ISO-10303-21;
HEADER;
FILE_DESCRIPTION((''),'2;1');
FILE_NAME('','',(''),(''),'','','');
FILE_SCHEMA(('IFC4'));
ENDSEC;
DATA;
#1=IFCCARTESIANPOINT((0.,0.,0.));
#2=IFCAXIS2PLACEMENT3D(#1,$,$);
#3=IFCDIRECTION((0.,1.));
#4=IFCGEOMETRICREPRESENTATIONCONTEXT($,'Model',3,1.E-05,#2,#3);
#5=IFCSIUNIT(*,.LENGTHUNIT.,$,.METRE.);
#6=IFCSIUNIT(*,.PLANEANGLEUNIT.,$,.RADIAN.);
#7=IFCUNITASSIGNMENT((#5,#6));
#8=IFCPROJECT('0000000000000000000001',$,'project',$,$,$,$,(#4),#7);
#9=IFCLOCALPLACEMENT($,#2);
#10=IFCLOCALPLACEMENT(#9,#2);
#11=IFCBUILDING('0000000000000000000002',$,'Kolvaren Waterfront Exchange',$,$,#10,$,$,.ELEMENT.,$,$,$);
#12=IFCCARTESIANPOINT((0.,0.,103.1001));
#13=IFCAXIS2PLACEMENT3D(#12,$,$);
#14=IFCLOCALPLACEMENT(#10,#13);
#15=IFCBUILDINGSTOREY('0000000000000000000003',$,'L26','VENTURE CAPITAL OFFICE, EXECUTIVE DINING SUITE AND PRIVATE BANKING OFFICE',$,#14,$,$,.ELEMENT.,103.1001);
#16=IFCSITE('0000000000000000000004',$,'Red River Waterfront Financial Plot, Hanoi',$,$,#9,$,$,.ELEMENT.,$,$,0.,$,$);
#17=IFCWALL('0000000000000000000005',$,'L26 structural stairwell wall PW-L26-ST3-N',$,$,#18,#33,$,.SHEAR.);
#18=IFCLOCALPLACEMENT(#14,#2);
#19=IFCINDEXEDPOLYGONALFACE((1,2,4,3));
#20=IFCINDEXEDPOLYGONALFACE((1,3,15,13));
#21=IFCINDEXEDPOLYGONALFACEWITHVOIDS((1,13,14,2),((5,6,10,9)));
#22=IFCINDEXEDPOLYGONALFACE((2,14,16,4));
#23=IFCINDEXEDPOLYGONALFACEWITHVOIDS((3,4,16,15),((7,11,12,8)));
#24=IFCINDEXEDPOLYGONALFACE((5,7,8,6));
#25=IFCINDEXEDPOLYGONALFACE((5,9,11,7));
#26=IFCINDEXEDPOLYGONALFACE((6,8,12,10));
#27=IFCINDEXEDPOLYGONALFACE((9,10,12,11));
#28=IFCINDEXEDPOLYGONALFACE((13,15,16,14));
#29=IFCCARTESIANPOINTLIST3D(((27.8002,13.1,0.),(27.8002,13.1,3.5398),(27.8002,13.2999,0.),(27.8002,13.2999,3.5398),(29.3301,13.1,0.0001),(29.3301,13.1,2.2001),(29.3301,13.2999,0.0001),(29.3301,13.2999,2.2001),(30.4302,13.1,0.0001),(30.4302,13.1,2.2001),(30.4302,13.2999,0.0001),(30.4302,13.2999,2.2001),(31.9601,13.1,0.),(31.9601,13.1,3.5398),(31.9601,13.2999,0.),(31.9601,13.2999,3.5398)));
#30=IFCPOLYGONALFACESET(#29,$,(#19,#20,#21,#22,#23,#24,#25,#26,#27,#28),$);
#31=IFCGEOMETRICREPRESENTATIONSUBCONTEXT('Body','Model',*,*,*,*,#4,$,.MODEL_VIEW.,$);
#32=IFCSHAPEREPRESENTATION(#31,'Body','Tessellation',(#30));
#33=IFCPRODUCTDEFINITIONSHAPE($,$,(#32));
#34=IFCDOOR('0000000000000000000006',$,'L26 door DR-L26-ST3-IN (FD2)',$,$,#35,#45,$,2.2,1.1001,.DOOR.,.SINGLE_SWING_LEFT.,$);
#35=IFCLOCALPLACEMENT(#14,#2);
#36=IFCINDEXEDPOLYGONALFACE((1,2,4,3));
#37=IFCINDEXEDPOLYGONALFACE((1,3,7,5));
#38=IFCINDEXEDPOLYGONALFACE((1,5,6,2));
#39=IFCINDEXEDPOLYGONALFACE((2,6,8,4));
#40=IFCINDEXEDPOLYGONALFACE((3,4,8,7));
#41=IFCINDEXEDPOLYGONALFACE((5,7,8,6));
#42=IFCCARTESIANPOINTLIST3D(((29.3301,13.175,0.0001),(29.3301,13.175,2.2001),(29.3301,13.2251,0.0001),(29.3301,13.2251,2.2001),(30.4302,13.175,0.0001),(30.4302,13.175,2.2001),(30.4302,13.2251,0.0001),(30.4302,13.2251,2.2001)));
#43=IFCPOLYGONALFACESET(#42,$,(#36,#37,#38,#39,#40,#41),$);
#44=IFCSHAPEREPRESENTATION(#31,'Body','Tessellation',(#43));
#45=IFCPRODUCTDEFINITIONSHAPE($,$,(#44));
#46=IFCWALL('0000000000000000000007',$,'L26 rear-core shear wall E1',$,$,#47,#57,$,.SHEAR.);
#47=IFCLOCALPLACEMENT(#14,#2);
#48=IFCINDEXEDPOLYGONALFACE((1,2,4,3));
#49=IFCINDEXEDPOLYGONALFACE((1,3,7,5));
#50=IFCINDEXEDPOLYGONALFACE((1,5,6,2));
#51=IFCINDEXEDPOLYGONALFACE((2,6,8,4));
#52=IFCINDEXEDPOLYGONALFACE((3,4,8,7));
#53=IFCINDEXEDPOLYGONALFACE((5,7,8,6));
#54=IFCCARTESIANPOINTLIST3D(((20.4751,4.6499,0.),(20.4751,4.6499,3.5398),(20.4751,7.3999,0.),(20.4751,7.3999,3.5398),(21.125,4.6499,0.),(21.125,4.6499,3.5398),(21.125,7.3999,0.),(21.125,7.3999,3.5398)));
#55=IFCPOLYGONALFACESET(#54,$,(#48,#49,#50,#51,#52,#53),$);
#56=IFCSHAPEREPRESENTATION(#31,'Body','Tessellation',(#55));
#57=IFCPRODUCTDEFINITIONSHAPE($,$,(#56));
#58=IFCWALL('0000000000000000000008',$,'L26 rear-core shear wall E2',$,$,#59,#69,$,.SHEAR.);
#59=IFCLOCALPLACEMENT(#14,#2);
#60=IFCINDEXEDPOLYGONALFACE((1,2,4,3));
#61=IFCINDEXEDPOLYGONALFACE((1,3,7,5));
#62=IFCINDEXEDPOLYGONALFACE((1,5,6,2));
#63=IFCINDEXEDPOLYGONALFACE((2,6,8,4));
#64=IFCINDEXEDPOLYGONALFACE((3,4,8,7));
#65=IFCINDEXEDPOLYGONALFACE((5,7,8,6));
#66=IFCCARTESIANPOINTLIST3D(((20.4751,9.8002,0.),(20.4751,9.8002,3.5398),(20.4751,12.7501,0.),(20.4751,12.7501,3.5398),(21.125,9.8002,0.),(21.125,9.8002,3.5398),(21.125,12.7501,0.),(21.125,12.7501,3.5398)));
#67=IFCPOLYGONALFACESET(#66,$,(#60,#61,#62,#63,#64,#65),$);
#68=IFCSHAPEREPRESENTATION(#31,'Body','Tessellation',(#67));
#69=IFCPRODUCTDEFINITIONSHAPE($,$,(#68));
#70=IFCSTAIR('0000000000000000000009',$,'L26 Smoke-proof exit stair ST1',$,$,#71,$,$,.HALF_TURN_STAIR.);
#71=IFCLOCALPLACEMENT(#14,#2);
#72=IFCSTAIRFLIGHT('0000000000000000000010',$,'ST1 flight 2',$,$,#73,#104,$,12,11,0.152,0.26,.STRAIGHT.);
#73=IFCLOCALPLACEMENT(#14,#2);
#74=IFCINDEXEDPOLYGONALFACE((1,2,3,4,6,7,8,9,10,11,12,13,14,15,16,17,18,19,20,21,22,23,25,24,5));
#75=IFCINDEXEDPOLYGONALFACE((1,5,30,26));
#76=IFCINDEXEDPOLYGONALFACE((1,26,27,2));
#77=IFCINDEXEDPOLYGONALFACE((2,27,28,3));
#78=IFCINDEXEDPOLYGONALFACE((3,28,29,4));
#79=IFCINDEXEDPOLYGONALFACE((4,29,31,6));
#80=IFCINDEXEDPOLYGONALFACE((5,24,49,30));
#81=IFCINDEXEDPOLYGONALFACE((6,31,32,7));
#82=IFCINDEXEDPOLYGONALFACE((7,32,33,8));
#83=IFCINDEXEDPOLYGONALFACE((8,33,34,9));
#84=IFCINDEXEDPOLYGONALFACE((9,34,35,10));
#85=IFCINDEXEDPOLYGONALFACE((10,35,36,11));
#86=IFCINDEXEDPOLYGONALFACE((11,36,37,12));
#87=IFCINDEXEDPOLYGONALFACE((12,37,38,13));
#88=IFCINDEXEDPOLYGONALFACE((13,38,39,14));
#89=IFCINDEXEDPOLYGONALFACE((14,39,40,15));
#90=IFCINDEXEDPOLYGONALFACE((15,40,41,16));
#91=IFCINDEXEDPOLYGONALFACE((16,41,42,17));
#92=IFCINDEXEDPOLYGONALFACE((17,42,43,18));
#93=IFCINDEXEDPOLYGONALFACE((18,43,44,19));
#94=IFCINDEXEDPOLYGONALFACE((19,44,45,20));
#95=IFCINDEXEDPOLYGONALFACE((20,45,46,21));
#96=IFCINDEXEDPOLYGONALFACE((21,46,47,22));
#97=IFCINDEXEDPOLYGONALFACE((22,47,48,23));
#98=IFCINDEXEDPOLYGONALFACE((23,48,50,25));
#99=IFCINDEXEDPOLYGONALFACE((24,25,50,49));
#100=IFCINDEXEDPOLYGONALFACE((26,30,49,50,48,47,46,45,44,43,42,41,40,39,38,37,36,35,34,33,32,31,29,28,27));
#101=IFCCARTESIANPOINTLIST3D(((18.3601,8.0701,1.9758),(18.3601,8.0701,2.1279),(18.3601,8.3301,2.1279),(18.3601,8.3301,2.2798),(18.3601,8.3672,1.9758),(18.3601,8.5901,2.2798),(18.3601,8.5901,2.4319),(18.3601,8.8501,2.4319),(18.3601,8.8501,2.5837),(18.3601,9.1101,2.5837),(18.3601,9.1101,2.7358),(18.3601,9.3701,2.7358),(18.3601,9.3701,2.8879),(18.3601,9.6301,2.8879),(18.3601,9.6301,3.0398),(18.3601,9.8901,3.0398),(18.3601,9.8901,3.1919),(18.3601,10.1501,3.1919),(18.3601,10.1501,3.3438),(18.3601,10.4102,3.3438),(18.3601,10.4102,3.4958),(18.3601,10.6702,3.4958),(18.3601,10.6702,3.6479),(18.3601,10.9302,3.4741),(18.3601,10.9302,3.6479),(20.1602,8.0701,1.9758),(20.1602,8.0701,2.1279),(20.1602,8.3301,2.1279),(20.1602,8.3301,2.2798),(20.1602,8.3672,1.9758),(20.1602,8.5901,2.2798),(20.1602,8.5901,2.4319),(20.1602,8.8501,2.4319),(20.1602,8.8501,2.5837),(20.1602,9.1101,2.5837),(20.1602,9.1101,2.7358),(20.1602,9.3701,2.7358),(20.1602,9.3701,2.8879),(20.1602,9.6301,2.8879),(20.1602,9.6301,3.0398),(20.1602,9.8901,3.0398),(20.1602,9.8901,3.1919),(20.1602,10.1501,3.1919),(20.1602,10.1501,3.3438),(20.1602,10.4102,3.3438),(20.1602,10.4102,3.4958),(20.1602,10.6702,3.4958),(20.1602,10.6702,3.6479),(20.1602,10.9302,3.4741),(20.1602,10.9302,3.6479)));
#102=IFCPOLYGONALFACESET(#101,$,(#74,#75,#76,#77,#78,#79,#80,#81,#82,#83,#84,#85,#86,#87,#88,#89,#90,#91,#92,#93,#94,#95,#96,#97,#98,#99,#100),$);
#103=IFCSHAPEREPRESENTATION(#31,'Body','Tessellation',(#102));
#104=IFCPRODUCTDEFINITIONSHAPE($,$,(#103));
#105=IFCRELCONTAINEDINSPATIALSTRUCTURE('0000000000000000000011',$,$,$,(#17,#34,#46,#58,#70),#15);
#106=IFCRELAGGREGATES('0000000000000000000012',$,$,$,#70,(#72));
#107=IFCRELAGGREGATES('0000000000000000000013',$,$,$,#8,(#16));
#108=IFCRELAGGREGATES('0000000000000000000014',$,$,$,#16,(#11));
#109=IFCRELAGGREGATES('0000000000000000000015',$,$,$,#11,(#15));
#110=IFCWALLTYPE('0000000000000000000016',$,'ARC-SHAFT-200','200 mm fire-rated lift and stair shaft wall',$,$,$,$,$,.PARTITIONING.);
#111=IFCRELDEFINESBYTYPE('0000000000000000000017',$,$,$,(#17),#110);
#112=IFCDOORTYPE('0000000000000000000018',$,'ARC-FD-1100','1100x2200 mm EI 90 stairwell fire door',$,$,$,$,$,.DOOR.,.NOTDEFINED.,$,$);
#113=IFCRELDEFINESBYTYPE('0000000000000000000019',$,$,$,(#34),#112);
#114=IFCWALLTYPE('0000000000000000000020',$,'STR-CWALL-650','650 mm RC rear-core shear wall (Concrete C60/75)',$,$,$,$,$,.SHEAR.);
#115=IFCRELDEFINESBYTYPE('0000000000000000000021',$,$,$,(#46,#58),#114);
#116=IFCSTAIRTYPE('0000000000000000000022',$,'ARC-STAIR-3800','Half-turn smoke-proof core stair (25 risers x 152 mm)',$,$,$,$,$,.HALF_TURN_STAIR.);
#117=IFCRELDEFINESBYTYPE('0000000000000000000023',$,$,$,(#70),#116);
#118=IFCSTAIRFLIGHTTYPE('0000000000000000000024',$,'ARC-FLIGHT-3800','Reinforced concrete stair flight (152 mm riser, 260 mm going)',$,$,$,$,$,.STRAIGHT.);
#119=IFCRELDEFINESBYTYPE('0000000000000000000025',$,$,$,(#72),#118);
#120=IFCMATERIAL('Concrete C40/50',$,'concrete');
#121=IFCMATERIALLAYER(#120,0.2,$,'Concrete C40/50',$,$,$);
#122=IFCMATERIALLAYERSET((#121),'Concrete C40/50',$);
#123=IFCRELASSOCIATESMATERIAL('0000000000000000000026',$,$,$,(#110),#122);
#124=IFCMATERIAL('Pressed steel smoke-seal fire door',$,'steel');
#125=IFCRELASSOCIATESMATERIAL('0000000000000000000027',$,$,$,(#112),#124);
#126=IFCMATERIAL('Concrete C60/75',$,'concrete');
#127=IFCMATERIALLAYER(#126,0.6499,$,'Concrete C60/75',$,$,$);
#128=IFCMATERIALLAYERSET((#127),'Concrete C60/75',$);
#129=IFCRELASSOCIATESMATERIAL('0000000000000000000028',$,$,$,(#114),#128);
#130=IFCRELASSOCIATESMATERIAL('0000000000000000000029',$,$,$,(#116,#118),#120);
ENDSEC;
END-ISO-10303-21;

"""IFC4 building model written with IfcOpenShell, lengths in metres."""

from ifc_helpers import new_model, si_unit, direction, frame, frame_2d, origin, place, context, subcontext, project, spatial, polyline, rectangle, outline, extrude, material, layer, layer_set, type_object, element, fill, aggregate, save


model = new_model("IFC4")

# Units and contexts
model_context = context("Model", 3, precision=1e-05, world=origin(), true_north=direction((0.0, 1.0)))
body_context = subcontext(model_context, "Body", "Model", "MODEL_VIEW")
ifc_project = project(units=[si_unit("LENGTHUNIT", "METRE"), si_unit("PLANEANGLEUNIT", "RADIAN")], contexts=[model_context])

# Site, building, storey
site_placement = place(None, origin())
site = spatial("IfcSite", under=ifc_project, at=site_placement, Name="Red River Waterfront Financial Plot, Hanoi", CompositionType="ELEMENT", RefElevation=0.0)
building_placement = place(site_placement, origin())
building = spatial("IfcBuilding", under=site, at=building_placement, Name="Kolvaren Waterfront Exchange", CompositionType="ELEMENT")
storey_placement = place(building_placement, frame((0.0, 0.0, 103.1001)))
storey = spatial("IfcBuildingStorey", under=building, at=storey_placement, Name="L26", Description="VENTURE CAPITAL OFFICE, EXECUTIVE DINING SUITE AND PRIVATE BANKING OFFICE", CompositionType="ELEMENT", Elevation=103.1001)

# Shared definitions
ifc_material_1 = material(Name="Concrete C60/75", Category="concrete")

# Shared definitions
ifc_material_2 = material(Name="Concrete C40/50", Category="concrete")
ifc_layer_1 = layer(ifc_material_2, 0.2, Name="Concrete C40/50")
ifc_layer_set_1 = layer_set([ifc_layer_1], Name="Concrete C40/50")
wall_type_1 = type_object("IfcWallType", Name="ARC-SHAFT-200", Description="200 mm fire-rated lift and stair shaft wall", PredefinedType="PARTITIONING", material=ifc_layer_set_1)

# Wall, opening, door
wall_1_placement = place(storey_placement, frame((27.8, 13.2, 0.0), z_axis=(0.0, 0.0, 1.0), x_axis=(1.0, 0.0, 0.0)))
wall_1 = element("IfcWall", 1, at=wall_1_placement, inside=storey, type_object=wall_type_1, Name="L26 structural stairwell wall PW-L26-ST3-N", PredefinedType="SHEAR", context=body_context, shape_type="SweptSolid", body=[
    extrude(rectangle(XDim=4.1599, YDim=0.2, at=frame_2d((2.0801, 0.0))), origin(), (0.0, 0.0, 1.0), 3.5398),
])
opening_1_placement = place(wall_1_placement, frame((1.53, 0.0, 0.0)))
opening_1 = element("IfcOpeningElement", 2, at=opening_1_placement, cuts=wall_1, PredefinedType="OPENING", context=body_context, shape_type="SweptSolid", body=[
    extrude(rectangle(XDim=1.1001, YDim=2.2, at=frame_2d((0.55, 1.1001))), frame((0.0, 0.1099, 0.0), z_axis=(0.0, -1.0, 0.0), x_axis=(1.0, 0.0, 0.0)), (0.0, 0.0, 1.0), 0.22),
])
ifc_material_3 = material(Name="Pressed steel smoke-seal fire door", Category="steel")
door_type_1 = type_object("IfcDoorType", Name="ARC-FD-1100", Description="1100x2200 mm EI 90 stairwell fire door", OperationType="NOTDEFINED", PredefinedType="DOOR", material=ifc_material_3)
door_1_placement = place(opening_1_placement, frame((1.1001, 0.0, 0.0), z_axis=(0.0, 0.0, 1.0), x_axis=(-1.0, 0.0, 0.0)))
door_1 = element("IfcDoor", 3, at=door_1_placement, inside=storey, type_object=door_type_1, Name="L26 door DR-L26-ST3-IN (FD2)", OperationType="SINGLE_SWING_LEFT", OverallHeight=2.2, OverallWidth=1.1001, PredefinedType="DOOR", context=body_context, shape_type="SweptSolid", body=[
    extrude(rectangle(XDim=1.1001, YDim=2.2, at=frame_2d((0.55, 1.1001))), frame((0.0, 0.0249, 0.0), z_axis=(0.0, -1.0, 0.0), x_axis=(1.0, 0.0, 0.0)), (0.0, 0.0, 1.0), 0.05),
])
fill(opening_1, door_1)

# Walls
ifc_layer_2 = layer(ifc_material_1, 0.6499, Name="Concrete C60/75")
ifc_layer_set_2 = layer_set([ifc_layer_2], Name="Concrete C60/75")
wall_type_2 = type_object("IfcWallType", Name="STR-CWALL-650", Description="650 mm RC rear-core shear wall (Concrete C60/75)", PredefinedType="SHEAR", material=ifc_layer_set_2)
wall_2_placement = place(storey_placement, frame((20.8, 4.6499, 0.0), z_axis=(0.0, 0.0, 1.0), x_axis=(0.0, 1.0, 0.0)))
element("IfcWall", 4, at=wall_2_placement, inside=storey, type_object=wall_type_2, Name="L26 rear-core shear wall E1", PredefinedType="SHEAR", context=body_context, shape_type="SweptSolid", body=[
    extrude(rectangle(XDim=2.75, YDim=0.6499, at=frame_2d((1.375, 0.0))), origin(), (0.0, 0.0, 1.0), 3.5398),
])
wall_3_placement = place(storey_placement, frame((20.8, 9.8, 0.0), z_axis=(0.0, 0.0, 1.0), x_axis=(0.0, 1.0, 0.0)))
element("IfcWall", 5, at=wall_3_placement, inside=storey, type_object=wall_type_2, Name="L26 rear-core shear wall E2", PredefinedType="SHEAR", context=body_context, shape_type="SweptSolid", body=[
    extrude(rectangle(XDim=2.95, YDim=0.6499, at=frame_2d((1.4751, 0.0))), origin(), (0.0, 0.0, 1.0), 3.5398),
])

# Stair, stair flight
stair_type = type_object("IfcStairType", Name="ARC-STAIR-3800", Description="Half-turn smoke-proof core stair (25 risers x 152 mm)", PredefinedType="HALF_TURN_STAIR", material=ifc_material_2)
stair_placement = place(storey_placement, origin())
stair = element("IfcStair", 6, at=stair_placement, inside=storey, type_object=stair_type, Name="L26 Smoke-proof exit stair ST1", PredefinedType="HALF_TURN_STAIR")
stair_flight_type = type_object("IfcStairFlightType", Name="ARC-FLIGHT-3800", Description="Reinforced concrete stair flight (152 mm riser, 260 mm going)", PredefinedType="STRAIGHT", material=ifc_material_2)
stair_flight_placement = place(storey_placement, frame((19.26, 8.0701, 1.9758), z_axis=(0.0, 0.0, 1.0), x_axis=(0.0, 1.0, 0.0)))
stair_flight = element("IfcStairFlight", 7, at=stair_flight_placement, type_object=stair_flight_type, Name="ST1 flight 2", NumberOfRisers=12, NumberOfTreads=11, PredefinedType="STRAIGHT", RiserHeight=0.152, TreadLength=0.26, context=body_context, shape_type="SweptSolid", body=[
    extrude(outline(polyline([(0.0, 0.0), (0.0, 0.1521), (0.26, 0.1521), (0.26, 0.304), (0.52, 0.304), (0.52, 0.4561), (0.78, 0.4561), (0.78, 0.6079), (1.04, 0.6079), (1.04, 0.76), (1.3, 0.76), (1.3, 0.9121), (1.5601, 0.9121), (1.5601, 1.064), (1.8201, 1.064), (1.8201, 1.2161), (2.0801, 1.2161), (2.0801, 1.3679), (2.3401, 1.3679), (2.3401, 1.52), (2.6001, 1.52), (2.6001, 1.6721), (2.8601, 1.6721), (2.8601, 1.824), (2.8601, 1.4983), (0.2971, 0.0), (0.0, 0.0)])), frame((0.0, 0.8999, 0.0), z_axis=(0.0, -1.0, 0.0), x_axis=(1.0, 0.0, 0.0)), (0.0, 0.0, 1.0), 1.8),
])
aggregate(stair, [stair_flight])

save(model, "model.ifc")
